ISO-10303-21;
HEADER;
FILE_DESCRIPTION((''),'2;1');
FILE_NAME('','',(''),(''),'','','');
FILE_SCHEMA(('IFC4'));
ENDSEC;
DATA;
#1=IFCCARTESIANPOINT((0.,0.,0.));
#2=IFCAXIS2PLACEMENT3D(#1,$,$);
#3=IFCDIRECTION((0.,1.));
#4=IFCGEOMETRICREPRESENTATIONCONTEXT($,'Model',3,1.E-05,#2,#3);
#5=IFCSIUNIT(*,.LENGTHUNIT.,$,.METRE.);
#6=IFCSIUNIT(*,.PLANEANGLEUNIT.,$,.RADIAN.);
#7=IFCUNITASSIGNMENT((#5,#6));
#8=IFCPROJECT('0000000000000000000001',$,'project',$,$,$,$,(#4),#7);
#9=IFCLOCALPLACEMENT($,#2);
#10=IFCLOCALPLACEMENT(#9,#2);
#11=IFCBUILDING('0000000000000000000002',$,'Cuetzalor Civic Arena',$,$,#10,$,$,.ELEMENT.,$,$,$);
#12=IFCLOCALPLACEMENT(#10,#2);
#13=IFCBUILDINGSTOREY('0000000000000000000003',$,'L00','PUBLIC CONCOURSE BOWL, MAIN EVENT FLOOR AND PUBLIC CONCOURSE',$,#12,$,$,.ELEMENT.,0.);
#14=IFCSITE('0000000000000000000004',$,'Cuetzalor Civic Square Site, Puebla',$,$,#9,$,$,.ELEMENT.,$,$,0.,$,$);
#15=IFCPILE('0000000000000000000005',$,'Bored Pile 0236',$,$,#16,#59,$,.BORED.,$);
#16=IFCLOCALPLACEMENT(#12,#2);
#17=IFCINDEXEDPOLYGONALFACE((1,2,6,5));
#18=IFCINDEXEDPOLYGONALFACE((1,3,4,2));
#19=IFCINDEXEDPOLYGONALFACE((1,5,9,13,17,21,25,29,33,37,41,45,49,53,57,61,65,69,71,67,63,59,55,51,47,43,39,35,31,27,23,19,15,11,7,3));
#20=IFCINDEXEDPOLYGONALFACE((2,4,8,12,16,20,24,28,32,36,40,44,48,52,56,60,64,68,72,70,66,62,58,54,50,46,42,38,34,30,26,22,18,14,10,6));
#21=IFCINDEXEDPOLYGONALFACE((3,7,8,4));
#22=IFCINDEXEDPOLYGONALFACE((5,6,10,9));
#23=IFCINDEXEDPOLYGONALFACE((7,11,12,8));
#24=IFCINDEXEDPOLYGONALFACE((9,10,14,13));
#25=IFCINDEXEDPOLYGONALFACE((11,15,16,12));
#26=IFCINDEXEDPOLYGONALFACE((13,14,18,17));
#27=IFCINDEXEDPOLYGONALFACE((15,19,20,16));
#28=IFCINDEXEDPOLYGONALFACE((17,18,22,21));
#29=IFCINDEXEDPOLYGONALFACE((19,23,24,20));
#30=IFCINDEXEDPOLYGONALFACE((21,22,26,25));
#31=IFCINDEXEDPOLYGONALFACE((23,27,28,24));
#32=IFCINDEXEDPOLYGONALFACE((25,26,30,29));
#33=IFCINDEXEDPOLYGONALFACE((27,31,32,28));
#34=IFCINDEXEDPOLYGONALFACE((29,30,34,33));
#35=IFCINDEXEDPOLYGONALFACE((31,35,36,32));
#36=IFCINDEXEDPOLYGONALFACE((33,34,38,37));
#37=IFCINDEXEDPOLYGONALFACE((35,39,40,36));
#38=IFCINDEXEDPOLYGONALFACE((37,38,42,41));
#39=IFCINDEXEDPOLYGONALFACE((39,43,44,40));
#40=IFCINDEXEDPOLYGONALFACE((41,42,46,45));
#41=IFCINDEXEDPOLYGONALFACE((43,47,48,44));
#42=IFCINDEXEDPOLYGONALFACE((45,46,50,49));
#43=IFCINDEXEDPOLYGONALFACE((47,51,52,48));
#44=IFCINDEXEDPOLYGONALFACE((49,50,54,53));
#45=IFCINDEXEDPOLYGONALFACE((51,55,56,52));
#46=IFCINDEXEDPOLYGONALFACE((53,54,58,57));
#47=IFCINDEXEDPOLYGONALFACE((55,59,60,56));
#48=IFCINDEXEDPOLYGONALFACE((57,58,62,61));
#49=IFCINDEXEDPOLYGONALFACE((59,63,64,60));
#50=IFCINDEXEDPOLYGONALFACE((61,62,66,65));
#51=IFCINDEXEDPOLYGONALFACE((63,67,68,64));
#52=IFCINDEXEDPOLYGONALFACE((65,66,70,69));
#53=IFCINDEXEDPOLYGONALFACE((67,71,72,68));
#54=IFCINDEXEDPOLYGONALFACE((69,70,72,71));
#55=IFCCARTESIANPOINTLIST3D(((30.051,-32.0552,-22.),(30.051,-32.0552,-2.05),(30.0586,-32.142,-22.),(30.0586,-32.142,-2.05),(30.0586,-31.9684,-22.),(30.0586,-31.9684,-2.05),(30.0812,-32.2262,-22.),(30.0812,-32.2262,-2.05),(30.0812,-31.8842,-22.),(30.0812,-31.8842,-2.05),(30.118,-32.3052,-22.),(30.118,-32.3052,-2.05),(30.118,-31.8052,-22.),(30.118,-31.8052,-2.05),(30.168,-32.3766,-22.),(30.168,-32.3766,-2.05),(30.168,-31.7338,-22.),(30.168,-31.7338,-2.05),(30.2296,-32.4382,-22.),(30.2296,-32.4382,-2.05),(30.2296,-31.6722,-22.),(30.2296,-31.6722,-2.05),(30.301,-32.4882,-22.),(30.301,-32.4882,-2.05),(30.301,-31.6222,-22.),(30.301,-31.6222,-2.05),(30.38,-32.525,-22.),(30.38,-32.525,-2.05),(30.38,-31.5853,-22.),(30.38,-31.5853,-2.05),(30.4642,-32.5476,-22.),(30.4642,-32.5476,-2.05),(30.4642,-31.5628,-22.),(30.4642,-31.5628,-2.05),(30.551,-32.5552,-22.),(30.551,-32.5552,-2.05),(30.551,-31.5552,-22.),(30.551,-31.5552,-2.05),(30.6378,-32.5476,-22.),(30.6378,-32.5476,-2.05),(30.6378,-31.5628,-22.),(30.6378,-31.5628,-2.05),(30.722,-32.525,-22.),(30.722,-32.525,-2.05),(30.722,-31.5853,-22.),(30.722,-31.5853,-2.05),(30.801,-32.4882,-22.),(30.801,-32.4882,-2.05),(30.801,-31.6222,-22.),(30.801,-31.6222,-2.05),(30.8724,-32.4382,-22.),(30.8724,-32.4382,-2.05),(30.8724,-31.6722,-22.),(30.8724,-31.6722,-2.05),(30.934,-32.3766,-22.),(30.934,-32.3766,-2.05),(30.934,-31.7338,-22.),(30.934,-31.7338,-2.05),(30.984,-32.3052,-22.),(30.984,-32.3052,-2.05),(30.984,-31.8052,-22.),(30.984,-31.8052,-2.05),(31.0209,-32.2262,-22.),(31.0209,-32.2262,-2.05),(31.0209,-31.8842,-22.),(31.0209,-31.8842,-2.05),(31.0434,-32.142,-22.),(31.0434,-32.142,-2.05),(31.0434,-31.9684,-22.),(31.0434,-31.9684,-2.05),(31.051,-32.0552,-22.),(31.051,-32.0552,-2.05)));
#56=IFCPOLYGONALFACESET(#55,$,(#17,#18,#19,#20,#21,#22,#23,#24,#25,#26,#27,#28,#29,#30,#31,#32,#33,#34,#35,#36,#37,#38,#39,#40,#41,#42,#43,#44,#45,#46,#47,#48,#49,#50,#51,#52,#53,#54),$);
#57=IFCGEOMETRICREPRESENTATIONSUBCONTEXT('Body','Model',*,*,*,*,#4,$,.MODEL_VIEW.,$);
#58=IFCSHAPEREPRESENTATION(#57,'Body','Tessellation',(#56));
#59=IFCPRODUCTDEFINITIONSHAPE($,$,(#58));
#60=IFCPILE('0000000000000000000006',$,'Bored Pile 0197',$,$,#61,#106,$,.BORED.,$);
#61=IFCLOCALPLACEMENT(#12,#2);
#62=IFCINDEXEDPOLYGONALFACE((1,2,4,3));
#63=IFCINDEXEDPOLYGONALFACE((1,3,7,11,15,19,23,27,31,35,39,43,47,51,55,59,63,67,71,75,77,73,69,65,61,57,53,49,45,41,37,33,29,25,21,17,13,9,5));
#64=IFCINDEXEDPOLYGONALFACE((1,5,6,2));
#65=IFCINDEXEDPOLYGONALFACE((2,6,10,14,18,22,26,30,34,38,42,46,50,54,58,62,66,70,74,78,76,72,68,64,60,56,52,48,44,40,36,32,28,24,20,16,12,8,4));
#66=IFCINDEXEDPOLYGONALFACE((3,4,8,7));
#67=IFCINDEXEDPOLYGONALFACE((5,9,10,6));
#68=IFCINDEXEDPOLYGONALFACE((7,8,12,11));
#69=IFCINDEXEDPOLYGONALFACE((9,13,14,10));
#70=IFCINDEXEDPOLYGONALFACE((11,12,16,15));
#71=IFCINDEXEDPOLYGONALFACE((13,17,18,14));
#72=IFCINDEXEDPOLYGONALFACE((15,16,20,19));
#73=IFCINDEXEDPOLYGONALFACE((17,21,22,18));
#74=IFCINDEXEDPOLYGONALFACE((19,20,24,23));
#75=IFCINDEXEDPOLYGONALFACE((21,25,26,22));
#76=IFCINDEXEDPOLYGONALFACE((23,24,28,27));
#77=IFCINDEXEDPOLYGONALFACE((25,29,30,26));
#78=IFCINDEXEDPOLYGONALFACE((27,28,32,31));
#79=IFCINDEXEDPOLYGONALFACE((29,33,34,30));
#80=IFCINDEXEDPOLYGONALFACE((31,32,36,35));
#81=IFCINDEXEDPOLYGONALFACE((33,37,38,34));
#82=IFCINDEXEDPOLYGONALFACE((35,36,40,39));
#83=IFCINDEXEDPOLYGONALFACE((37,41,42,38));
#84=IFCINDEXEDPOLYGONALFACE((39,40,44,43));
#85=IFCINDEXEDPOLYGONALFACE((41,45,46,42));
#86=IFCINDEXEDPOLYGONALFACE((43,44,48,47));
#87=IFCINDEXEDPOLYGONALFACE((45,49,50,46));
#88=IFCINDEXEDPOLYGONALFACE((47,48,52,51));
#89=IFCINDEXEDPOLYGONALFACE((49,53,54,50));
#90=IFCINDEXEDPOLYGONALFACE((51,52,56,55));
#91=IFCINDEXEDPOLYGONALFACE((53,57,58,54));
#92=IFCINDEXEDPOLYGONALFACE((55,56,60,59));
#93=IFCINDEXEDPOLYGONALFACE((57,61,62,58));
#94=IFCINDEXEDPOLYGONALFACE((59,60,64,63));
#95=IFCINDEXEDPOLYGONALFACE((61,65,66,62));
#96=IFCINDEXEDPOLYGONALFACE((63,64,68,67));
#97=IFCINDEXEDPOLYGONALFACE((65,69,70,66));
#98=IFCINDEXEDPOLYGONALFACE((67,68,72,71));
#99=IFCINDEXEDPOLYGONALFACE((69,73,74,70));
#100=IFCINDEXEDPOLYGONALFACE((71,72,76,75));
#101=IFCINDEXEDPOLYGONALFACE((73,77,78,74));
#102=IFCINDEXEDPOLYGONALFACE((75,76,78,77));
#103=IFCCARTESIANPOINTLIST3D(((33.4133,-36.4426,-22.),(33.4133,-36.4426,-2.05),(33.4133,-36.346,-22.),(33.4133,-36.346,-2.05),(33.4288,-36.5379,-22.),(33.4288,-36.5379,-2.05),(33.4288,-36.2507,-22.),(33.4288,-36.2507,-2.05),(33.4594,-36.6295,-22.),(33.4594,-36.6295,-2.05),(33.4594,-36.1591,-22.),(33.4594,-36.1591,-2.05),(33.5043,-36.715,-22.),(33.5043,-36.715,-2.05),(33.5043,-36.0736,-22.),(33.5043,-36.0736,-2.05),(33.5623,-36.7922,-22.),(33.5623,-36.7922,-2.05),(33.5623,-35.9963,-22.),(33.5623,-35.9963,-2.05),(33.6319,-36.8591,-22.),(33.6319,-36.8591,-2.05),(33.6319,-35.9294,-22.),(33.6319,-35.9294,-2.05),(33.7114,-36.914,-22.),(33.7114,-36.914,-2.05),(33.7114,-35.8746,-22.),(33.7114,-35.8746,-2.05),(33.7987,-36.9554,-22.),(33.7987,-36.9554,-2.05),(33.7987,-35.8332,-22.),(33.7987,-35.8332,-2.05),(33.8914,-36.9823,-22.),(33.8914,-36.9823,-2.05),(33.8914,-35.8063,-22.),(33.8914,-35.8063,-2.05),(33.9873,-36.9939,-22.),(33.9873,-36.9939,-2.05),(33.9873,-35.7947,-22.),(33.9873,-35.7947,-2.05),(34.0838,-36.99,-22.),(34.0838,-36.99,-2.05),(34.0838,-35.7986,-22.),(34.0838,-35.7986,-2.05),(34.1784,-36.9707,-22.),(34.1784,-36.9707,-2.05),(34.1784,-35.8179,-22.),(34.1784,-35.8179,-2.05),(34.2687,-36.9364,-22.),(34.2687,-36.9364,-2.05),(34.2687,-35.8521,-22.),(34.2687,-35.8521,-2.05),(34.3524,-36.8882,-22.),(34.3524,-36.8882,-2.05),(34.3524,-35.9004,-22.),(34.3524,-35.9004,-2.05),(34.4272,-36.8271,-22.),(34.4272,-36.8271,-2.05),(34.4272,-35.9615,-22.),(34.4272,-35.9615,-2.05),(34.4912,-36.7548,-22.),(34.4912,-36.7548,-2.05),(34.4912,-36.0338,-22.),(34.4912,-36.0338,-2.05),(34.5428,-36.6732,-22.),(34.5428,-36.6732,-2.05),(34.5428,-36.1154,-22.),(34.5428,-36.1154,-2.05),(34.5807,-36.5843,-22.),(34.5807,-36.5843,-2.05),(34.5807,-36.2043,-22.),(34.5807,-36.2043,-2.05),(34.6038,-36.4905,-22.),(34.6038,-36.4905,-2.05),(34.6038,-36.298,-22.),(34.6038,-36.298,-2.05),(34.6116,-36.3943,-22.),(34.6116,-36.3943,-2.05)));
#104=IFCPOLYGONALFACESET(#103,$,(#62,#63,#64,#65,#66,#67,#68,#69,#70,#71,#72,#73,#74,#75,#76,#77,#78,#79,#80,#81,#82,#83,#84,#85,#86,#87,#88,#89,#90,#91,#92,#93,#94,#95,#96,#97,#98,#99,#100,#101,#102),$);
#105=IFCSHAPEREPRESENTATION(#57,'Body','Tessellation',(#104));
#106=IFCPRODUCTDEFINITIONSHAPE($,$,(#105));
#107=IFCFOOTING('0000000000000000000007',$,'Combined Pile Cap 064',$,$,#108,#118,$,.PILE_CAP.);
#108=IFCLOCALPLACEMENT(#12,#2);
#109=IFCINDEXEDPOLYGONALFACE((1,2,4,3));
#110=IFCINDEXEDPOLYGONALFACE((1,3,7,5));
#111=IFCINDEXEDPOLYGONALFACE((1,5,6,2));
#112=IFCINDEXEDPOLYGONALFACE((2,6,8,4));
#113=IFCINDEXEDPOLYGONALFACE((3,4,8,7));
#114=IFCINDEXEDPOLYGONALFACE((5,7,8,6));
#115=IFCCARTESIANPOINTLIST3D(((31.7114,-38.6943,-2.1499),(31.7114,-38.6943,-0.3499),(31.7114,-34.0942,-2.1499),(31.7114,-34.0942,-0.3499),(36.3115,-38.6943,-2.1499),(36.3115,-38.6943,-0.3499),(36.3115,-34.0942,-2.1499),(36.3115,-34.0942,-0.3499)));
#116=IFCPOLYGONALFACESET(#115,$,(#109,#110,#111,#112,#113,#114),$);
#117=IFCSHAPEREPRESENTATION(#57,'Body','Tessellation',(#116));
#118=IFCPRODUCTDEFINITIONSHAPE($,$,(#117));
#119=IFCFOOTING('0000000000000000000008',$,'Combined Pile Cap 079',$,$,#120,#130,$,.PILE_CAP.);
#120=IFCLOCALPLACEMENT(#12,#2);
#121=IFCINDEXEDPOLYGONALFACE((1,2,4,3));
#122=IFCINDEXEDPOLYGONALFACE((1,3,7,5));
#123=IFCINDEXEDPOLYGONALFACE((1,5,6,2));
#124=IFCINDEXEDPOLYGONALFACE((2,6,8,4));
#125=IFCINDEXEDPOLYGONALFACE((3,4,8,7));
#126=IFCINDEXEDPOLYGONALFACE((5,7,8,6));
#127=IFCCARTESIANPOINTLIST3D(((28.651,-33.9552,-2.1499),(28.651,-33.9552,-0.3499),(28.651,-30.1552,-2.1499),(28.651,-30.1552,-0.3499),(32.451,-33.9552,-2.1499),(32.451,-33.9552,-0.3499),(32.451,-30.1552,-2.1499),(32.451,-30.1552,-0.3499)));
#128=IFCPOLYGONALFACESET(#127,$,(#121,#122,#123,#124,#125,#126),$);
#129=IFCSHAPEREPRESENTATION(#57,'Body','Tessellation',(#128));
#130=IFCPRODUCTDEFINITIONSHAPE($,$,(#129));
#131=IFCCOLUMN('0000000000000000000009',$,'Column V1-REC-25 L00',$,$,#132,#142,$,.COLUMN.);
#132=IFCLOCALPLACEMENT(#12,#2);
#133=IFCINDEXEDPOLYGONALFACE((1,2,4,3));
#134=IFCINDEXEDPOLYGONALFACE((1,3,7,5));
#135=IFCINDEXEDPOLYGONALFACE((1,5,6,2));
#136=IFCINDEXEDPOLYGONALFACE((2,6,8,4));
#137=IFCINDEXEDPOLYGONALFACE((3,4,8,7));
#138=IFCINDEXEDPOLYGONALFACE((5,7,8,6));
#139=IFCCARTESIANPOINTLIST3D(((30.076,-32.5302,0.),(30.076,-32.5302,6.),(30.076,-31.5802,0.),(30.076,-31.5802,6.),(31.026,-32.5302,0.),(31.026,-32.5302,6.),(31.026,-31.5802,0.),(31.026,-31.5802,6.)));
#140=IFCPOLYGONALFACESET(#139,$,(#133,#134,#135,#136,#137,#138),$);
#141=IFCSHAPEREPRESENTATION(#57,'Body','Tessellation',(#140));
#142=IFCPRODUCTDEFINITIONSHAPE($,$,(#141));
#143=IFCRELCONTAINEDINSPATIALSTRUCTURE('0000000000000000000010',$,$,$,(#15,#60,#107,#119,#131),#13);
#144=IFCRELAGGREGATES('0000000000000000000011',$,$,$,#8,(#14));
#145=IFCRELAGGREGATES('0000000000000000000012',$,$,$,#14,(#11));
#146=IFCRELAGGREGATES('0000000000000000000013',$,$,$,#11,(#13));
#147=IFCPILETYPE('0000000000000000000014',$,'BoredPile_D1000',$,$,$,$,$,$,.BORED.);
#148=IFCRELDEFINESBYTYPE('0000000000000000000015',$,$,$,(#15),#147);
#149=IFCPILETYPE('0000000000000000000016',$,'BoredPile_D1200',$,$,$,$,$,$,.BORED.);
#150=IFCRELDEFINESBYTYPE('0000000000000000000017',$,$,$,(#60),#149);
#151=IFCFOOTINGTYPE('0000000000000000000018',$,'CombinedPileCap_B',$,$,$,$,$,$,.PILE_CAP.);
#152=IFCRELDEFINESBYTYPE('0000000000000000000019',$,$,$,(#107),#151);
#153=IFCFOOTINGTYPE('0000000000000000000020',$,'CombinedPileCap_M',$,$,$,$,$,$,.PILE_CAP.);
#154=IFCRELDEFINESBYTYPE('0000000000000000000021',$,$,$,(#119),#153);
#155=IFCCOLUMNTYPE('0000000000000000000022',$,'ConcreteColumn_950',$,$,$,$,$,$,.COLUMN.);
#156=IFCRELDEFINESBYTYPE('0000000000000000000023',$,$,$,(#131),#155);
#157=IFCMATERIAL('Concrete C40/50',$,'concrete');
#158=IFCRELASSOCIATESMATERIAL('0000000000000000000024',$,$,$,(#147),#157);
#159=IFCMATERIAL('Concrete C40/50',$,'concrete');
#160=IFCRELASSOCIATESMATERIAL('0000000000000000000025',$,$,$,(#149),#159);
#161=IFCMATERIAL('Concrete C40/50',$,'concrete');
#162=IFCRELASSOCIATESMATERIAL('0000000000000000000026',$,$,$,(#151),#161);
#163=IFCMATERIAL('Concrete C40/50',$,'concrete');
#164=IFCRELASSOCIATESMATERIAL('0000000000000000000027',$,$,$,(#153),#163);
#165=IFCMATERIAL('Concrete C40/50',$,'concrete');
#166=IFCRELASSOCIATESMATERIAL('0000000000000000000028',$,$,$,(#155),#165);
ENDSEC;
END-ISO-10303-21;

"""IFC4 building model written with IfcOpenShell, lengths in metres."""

from ifc_helpers import new_model, si_unit, direction, frame, origin, origin_2d, place, context, subcontext, project, spatial, rectangle, circle, extrude, material, material_profile, profile_set, type_object, element, save


model = new_model("IFC4")

# Units and contexts
model_context = context("Model", 3, precision=1e-05, world=origin(), true_north=direction((0.0, 1.0)))
body_context = subcontext(model_context, "Body", "Model", "MODEL_VIEW")
ifc_project = project(units=[si_unit("LENGTHUNIT", "METRE"), si_unit("PLANEANGLEUNIT", "RADIAN")], contexts=[model_context])

# Site, building, storey
site_placement = place(None, origin())
site = spatial("IfcSite", under=ifc_project, at=site_placement, Name="Cuetzalor Civic Square Site, Puebla", CompositionType="ELEMENT", RefElevation=0.0)
building_placement = place(site_placement, origin())
building = spatial("IfcBuilding", under=site, at=building_placement, Name="Cuetzalor Civic Arena", CompositionType="ELEMENT")
storey_placement = place(building_placement, origin())
storey = spatial("IfcBuildingStorey", under=building, at=storey_placement, Name="L00", Description="PUBLIC CONCOURSE BOWL, MAIN EVENT FLOOR AND PUBLIC CONCOURSE", CompositionType="ELEMENT", Elevation=0.0)

# Piles
ifc_material_1 = material(Name="Concrete C40/50", Category="concrete")
ifc_material_profile_1 = material_profile(ifc_material_1, circle(Radius=0.5, at=origin_2d()), Name="BORED PILE D1000")
ifc_profile_set_1 = profile_set([ifc_material_profile_1], Name="Concrete C40/50")
pile_type_1 = type_object("IfcPileType", Name="BoredPile_D1000", PredefinedType="BORED", material=ifc_profile_set_1)
pile_1_placement = place(storey_placement, frame((30.551, -32.0552, -2.05), z_axis=(0.0, 0.0, -1.0), x_axis=(1.0, 0.0, 0.0)))
element("IfcPile", 1, at=pile_1_placement, inside=storey, type_object=pile_type_1, Name="Bored Pile 0236", PredefinedType="BORED", context=body_context, shape_type="SweptSolid", body=[
    extrude(circle(Radius=0.5, at=origin_2d()), origin(), (0.0, 0.0, 1.0), 19.95),
])
ifc_material_2 = material(Name="Concrete C40/50", Category="concrete")
ifc_material_profile_2 = material_profile(ifc_material_2, circle(Radius=0.6001, at=origin_2d()), Name="BORED PILE D1200")
ifc_profile_set_2 = profile_set([ifc_material_profile_2], Name="Concrete C40/50")
pile_type_2 = type_object("IfcPileType", Name="BoredPile_D1200", PredefinedType="BORED", material=ifc_profile_set_2)
pile_2_placement = place(storey_placement, frame((34.0115, -36.3943, -2.05), z_axis=(0.0, 0.0, -1.0), x_axis=(1.0, 0.0, 0.0)))
element("IfcPile", 2, at=pile_2_placement, inside=storey, type_object=pile_type_2, Name="Bored Pile 0197", PredefinedType="BORED", context=body_context, shape_type="SweptSolid", body=[
    extrude(circle(Radius=0.6001, at=origin_2d()), origin(), (0.0, 0.0, 1.0), 19.95),
])

# Footings
ifc_material_3 = material(Name="Concrete C40/50", Category="concrete")
footing_type_1 = type_object("IfcFootingType", Name="CombinedPileCap_B", PredefinedType="PILE_CAP", material=ifc_material_3)
footing_1_placement = place(storey_placement, frame((34.0115, -36.3943, -2.1499), z_axis=(0.0, 0.0, 1.0), x_axis=(1.0, 0.0, 0.0)))
element("IfcFooting", 3, at=footing_1_placement, inside=storey, type_object=footing_type_1, Name="Combined Pile Cap 064", PredefinedType="PILE_CAP", context=body_context, shape_type="SweptSolid", body=[
    extrude(rectangle(XDim=4.6001, YDim=4.6001, at=origin_2d()), origin(), (0.0, 0.0, 1.0), 1.8),
])
ifc_material_4 = material(Name="Concrete C40/50", Category="concrete")
footing_type_2 = type_object("IfcFootingType", Name="CombinedPileCap_M", PredefinedType="PILE_CAP", material=ifc_material_4)
footing_2_placement = place(storey_placement, frame((30.551, -32.0552, -2.1499), z_axis=(0.0, 0.0, 1.0), x_axis=(1.0, 0.0, 0.0)))
element("IfcFooting", 4, at=footing_2_placement, inside=storey, type_object=footing_type_2, Name="Combined Pile Cap 079", PredefinedType="PILE_CAP", context=body_context, shape_type="SweptSolid", body=[
    extrude(rectangle(XDim=3.8, YDim=3.8, at=origin_2d()), origin(), (0.0, 0.0, 1.0), 1.8),
])

# Column
ifc_material_5 = material(Name="Concrete C40/50", Category="concrete")
ifc_material_profile_3 = material_profile(ifc_material_5, rectangle(XDim=0.95, YDim=0.95, at=origin_2d()), Name="RC 950x950")
ifc_profile_set_3 = profile_set([ifc_material_profile_3], Name="Concrete C40/50")
column_type_1 = type_object("IfcColumnType", Name="ConcreteColumn_950", PredefinedType="COLUMN", material=ifc_profile_set_3)
column_1_placement = place(storey_placement, frame((30.551, -32.0552, 0.0), z_axis=(0.0, 0.0, 1.0), x_axis=(1.0, 0.0, 0.0)))
element("IfcColumn", 5, at=column_1_placement, inside=storey, type_object=column_type_1, Name="Column V1-REC-25 L00", PredefinedType="COLUMN", context=body_context, shape_type="SweptSolid", body=[
    extrude(rectangle(XDim=0.95, YDim=0.95, at=origin_2d()), origin(), (0.0, 0.0, 1.0), 6.0),
])

save(model, "model.ifc")
